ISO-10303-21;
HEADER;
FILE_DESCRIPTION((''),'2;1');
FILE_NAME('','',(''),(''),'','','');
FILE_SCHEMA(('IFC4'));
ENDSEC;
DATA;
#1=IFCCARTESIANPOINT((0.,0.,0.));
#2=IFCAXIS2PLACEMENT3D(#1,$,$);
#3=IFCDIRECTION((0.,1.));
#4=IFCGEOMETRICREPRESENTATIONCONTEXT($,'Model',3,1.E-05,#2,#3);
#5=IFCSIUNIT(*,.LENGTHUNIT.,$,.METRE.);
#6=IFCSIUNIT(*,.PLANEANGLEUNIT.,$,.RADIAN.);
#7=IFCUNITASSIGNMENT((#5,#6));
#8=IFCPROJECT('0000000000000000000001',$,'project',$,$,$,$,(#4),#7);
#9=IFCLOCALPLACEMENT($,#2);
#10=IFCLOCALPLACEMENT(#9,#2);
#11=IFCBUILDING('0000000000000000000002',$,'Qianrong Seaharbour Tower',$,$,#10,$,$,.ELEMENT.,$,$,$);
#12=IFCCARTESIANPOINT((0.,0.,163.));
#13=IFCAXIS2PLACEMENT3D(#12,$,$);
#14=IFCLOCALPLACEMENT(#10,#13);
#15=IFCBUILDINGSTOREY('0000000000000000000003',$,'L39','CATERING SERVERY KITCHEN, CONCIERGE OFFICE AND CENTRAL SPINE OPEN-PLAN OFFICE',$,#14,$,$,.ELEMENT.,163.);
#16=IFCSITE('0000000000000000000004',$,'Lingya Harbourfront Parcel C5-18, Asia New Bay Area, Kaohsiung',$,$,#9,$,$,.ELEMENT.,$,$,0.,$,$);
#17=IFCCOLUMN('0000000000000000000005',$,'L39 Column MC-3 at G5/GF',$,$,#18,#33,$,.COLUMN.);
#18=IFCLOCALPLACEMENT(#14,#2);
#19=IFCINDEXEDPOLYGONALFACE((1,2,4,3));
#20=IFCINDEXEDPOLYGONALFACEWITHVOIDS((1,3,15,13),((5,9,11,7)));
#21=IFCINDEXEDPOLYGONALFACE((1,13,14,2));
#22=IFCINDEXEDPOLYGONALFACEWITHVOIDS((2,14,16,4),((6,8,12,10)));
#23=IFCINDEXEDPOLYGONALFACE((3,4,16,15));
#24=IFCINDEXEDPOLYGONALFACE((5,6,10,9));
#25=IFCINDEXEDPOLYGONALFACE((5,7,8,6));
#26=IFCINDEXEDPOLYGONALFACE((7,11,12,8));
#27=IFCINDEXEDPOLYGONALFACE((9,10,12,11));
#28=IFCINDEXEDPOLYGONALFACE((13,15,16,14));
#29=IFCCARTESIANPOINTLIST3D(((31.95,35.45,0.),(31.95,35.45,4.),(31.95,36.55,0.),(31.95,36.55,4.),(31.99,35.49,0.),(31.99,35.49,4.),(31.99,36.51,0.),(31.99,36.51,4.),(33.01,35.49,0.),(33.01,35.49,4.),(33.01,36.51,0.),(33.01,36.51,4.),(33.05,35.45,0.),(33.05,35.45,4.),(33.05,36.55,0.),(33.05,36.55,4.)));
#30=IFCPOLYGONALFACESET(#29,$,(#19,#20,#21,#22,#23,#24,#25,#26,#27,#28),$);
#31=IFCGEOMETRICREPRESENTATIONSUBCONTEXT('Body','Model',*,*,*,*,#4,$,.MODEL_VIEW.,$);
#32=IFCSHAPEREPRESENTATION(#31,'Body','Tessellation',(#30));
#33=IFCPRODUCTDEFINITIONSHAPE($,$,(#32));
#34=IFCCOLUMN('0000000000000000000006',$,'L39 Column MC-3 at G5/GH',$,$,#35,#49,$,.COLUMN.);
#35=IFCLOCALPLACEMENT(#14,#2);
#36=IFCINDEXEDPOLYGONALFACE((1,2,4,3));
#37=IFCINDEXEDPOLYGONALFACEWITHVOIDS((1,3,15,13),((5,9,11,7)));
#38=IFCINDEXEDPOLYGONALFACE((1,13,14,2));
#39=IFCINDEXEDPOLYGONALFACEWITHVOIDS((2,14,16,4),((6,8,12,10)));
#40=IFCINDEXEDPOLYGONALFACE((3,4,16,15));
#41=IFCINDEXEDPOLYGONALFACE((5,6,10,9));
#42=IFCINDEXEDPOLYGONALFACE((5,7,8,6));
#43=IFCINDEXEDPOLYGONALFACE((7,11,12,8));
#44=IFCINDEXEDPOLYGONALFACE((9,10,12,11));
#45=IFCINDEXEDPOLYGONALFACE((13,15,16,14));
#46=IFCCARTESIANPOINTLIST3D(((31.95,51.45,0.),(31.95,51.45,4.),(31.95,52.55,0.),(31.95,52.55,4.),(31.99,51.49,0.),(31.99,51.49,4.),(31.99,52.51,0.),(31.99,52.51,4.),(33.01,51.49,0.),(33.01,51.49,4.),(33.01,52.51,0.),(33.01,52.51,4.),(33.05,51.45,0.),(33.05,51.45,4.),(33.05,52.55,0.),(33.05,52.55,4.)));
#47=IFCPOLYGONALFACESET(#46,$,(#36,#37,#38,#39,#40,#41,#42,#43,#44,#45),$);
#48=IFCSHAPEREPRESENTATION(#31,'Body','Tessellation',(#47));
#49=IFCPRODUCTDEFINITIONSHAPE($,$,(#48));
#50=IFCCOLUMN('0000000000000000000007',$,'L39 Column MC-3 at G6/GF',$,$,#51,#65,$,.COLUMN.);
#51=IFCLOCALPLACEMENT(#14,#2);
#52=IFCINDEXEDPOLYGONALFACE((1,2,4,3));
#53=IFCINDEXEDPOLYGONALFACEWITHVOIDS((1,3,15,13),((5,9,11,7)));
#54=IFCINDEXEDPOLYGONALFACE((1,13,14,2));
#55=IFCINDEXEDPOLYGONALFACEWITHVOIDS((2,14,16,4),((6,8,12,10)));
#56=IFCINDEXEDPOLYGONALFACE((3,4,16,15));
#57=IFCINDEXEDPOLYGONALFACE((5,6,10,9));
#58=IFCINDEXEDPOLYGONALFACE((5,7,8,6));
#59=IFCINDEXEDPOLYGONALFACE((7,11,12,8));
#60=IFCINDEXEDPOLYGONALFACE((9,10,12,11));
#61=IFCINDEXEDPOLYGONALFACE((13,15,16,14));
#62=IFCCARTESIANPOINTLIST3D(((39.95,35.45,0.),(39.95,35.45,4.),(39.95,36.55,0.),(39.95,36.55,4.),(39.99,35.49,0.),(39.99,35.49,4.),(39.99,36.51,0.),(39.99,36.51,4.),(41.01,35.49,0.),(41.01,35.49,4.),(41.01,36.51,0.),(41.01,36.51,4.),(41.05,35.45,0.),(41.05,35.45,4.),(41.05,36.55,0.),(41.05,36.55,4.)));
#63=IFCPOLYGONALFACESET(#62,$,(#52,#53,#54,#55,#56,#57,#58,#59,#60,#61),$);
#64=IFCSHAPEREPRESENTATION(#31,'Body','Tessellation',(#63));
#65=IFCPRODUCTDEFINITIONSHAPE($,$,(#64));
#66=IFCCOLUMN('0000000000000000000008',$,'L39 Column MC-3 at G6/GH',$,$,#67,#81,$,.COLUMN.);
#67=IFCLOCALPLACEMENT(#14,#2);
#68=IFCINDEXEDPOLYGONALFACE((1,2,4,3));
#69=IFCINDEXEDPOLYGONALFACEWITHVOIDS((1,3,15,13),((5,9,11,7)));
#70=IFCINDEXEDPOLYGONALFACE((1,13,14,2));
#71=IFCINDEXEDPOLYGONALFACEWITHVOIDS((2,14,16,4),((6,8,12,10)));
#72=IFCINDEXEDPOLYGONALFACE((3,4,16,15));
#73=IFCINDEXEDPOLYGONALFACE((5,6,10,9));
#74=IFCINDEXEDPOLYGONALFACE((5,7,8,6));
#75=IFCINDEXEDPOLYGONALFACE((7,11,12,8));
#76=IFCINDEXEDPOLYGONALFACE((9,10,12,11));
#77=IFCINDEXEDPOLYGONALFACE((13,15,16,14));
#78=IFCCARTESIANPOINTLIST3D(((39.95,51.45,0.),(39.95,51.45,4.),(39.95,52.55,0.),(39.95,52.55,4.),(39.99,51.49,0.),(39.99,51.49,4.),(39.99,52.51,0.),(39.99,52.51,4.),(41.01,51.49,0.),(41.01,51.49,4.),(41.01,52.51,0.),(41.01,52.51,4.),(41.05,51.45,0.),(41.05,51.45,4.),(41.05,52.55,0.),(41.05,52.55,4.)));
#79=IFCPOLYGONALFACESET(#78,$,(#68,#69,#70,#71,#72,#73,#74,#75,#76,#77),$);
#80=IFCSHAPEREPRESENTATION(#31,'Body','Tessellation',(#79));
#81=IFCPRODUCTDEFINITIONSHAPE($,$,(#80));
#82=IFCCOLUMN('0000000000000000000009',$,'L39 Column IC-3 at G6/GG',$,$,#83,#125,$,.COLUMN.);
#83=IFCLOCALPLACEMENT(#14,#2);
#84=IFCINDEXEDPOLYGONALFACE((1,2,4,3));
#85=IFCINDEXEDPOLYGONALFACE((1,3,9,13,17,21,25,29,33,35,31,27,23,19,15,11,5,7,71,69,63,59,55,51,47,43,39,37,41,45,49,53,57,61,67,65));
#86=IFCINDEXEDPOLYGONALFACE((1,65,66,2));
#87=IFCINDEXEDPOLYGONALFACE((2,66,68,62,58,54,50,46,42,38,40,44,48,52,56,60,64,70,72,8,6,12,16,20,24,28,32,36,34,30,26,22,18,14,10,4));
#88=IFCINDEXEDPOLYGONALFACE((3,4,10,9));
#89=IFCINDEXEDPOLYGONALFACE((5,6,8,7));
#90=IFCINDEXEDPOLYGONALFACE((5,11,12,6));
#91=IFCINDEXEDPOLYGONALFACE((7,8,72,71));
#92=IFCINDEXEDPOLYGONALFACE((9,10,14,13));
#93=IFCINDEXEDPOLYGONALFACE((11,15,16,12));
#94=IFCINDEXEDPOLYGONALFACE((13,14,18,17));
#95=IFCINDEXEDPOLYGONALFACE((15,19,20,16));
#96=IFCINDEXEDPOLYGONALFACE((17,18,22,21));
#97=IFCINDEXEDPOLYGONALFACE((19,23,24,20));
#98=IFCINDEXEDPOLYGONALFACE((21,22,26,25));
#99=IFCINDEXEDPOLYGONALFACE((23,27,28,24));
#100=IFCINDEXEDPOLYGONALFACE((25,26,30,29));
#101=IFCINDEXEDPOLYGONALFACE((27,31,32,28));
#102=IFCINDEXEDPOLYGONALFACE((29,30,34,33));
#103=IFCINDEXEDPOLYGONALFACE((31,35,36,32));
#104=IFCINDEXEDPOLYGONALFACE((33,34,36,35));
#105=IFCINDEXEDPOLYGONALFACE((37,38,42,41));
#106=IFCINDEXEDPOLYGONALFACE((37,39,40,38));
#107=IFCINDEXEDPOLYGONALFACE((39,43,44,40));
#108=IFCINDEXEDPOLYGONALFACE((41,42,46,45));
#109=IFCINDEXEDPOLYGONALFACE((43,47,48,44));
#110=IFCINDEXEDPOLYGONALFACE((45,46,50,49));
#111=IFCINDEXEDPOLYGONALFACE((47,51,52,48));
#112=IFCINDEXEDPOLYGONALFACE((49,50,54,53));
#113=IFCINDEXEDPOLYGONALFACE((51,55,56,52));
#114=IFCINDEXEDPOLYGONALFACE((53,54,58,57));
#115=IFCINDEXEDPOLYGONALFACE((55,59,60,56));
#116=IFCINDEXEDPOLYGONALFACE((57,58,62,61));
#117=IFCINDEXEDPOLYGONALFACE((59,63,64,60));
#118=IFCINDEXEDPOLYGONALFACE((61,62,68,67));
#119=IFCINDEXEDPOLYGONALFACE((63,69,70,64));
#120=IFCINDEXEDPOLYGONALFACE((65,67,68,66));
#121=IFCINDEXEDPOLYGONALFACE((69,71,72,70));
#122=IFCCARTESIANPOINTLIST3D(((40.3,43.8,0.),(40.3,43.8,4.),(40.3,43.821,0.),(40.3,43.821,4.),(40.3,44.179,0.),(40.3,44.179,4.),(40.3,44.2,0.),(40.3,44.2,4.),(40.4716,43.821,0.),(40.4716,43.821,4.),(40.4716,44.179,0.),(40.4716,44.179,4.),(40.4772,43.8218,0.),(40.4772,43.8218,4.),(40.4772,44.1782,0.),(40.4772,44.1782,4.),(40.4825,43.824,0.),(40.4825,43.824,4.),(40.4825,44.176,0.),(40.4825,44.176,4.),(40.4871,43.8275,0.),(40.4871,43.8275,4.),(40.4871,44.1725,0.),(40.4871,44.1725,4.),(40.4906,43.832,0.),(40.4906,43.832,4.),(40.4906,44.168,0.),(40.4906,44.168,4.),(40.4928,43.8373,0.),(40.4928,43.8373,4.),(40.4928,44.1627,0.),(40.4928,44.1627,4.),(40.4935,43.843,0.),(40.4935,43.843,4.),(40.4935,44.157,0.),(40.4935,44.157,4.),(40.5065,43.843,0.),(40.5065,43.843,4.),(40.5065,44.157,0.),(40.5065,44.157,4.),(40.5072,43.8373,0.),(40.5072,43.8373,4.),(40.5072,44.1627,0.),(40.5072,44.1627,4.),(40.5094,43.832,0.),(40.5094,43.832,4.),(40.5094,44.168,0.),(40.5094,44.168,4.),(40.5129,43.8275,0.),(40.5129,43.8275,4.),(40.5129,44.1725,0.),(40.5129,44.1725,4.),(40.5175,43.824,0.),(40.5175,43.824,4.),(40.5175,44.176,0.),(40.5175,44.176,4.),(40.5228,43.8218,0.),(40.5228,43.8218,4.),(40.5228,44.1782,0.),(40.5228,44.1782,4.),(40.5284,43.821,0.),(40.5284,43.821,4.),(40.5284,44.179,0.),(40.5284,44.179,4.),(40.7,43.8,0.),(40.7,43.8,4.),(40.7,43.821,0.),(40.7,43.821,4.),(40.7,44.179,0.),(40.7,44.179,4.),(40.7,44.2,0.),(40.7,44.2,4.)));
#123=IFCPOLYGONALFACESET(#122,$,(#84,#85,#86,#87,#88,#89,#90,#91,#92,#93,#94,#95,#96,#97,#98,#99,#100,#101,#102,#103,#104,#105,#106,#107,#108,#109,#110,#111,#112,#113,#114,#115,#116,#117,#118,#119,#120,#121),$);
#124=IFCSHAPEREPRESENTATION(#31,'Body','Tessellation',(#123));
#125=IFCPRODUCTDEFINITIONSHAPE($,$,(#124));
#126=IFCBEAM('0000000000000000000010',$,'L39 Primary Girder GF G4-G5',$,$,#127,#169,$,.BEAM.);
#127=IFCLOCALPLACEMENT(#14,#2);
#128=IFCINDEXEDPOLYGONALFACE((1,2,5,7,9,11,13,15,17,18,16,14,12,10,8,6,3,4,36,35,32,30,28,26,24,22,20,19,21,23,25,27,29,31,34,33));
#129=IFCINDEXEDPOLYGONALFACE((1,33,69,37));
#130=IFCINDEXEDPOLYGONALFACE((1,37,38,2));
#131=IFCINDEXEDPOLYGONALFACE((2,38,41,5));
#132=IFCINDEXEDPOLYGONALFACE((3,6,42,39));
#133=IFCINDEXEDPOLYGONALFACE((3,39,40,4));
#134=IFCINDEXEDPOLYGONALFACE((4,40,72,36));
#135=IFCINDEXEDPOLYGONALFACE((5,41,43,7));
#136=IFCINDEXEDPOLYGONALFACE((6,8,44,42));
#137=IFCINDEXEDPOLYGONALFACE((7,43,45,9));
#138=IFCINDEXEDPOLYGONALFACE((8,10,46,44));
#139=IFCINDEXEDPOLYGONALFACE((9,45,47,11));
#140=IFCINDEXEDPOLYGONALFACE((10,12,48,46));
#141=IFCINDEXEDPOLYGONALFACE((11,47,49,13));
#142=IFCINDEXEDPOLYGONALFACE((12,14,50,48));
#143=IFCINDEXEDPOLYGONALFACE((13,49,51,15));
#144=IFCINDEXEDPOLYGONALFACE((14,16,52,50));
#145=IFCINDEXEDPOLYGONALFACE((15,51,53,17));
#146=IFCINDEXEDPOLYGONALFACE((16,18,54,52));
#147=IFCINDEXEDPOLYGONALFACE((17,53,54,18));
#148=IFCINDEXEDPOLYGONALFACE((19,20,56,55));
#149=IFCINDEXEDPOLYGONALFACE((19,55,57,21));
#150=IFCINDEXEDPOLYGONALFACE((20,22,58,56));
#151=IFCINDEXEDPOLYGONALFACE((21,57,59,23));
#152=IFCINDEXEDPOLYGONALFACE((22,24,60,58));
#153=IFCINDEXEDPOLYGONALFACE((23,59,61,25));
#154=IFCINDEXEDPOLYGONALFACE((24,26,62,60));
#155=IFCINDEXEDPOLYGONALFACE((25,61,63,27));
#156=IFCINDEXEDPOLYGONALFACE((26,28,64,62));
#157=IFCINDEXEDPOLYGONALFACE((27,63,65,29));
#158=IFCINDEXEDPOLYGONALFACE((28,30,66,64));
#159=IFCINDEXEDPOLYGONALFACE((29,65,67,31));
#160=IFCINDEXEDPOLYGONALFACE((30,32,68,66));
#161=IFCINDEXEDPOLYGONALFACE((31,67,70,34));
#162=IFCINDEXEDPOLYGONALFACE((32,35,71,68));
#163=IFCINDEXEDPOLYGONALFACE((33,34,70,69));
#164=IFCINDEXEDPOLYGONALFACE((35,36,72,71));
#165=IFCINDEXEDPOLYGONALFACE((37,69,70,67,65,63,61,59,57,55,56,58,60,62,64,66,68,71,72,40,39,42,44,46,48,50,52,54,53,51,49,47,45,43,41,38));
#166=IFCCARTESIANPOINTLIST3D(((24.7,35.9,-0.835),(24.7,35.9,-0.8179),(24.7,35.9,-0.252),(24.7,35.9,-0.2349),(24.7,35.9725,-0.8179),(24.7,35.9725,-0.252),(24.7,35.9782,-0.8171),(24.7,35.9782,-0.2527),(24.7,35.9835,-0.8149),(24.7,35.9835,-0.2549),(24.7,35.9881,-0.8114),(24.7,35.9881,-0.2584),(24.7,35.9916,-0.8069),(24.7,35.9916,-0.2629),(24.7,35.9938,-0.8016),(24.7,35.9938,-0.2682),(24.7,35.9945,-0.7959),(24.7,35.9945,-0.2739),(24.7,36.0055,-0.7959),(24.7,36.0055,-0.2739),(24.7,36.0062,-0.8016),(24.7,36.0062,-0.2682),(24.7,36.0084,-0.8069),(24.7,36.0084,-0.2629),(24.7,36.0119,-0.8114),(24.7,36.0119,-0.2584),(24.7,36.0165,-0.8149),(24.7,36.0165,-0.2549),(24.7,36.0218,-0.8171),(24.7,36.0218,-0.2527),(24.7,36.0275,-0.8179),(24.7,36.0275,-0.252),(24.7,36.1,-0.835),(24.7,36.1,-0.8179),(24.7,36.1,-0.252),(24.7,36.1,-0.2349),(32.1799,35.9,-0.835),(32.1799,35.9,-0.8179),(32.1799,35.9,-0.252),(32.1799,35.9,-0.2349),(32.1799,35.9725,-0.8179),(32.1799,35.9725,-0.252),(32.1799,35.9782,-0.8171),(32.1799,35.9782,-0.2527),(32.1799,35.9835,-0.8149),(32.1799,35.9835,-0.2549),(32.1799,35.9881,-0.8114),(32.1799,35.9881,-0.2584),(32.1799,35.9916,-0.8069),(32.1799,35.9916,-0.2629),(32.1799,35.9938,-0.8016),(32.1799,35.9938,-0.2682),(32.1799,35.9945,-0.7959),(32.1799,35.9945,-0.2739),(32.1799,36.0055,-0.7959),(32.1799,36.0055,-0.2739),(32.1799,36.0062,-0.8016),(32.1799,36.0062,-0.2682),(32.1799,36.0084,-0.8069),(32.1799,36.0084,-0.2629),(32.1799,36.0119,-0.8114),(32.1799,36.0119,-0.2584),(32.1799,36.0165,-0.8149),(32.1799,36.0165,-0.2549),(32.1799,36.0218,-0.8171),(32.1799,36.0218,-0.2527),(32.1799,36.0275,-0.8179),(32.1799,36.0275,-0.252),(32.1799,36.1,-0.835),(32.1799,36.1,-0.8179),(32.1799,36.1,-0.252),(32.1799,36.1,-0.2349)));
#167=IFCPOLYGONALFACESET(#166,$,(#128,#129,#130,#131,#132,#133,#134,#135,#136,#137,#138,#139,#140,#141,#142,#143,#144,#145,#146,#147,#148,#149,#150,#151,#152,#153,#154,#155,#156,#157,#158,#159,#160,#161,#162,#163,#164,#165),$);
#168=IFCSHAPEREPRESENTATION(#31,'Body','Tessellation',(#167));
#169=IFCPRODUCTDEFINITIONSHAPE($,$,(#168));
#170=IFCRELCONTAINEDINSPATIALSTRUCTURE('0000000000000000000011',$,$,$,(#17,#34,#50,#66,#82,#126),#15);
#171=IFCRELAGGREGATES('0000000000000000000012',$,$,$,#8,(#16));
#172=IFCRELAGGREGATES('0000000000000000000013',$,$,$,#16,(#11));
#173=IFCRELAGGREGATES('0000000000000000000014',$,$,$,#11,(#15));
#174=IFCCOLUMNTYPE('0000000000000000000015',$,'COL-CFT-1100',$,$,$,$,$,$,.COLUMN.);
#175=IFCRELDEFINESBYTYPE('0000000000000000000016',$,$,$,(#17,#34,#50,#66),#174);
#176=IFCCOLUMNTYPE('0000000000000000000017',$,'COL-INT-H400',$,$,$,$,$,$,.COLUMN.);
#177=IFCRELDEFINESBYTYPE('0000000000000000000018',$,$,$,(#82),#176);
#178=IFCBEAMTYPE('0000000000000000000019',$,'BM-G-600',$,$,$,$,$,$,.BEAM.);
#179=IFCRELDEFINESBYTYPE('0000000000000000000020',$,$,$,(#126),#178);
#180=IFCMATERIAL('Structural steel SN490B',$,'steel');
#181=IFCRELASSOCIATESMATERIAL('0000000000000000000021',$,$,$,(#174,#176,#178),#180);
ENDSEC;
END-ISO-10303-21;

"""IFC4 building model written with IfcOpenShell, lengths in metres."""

from ifc_helpers import new_model, si_unit, direction, frame, origin, origin_2d, place, context, subcontext, project, spatial, hollow_rectangle, i_section, extrude, material, material_profile, profile_set, type_object, element, save


model = new_model("IFC4")

# Units and contexts
model_context = context("Model", 3, precision=1e-05, world=origin(), true_north=direction((0.0, 1.0)))
body_context = subcontext(model_context, "Body", "Model", "MODEL_VIEW")
ifc_project = project(units=[si_unit("LENGTHUNIT", "METRE"), si_unit("PLANEANGLEUNIT", "RADIAN")], contexts=[model_context])

# Site, building, storey
site_placement = place(None, origin())
site = spatial("IfcSite", under=ifc_project, at=site_placement, Name="Lingya Harbourfront Parcel C5-18, Asia New Bay Area, Kaohsiung", CompositionType="ELEMENT", RefElevation=0.0)
building_placement = place(site_placement, origin())
building = spatial("IfcBuilding", under=site, at=building_placement, Name="Qianrong Seaharbour Tower", CompositionType="ELEMENT")
storey_placement = place(building_placement, frame((0.0, 0.0, 163.0)))
storey = spatial("IfcBuildingStorey", under=building, at=storey_placement, Name="L39", Description="CATERING SERVERY KITCHEN, CONCIERGE OFFICE AND CENTRAL SPINE OPEN-PLAN OFFICE", CompositionType="ELEMENT", Elevation=163.0)

# Columns
ifc_material_1 = material(Name="Structural steel SN490B", Category="steel")
ifc_material_profile_1 = material_profile(ifc_material_1, hollow_rectangle(XDim=1.1001, YDim=1.1001, WallThickness=0.04, at=origin_2d()), Name="BOX1100x1100x40")
ifc_profile_set_1 = profile_set([ifc_material_profile_1], Name="Structural steel SN490B")
column_type_1 = type_object("IfcColumnType", Name="COL-CFT-1100", PredefinedType="COLUMN", material=ifc_profile_set_1)
for number, where, z_axis, x_axis, name in (
    (1, (32.5, 36.0, 0.0), (0.0, 0.0, 1.0), (1.0, 0.0, 0.0), "L39 Column MC-3 at G5/GF"),
    (2, (32.5, 52.0, 0.0), (0.0, 0.0, 1.0), (1.0, 0.0, 0.0), "L39 Column MC-3 at G5/GH"),
    (3, (40.5, 36.0, 0.0), (0.0, 0.0, 1.0), (1.0, 0.0, 0.0), "L39 Column MC-3 at G6/GF"),
    (4, (40.5, 52.0, 0.0), (0.0, 0.0, 1.0), (1.0, 0.0, 0.0), "L39 Column MC-3 at G6/GH"),
):
    element("IfcColumn", number, at=place(storey_placement, frame(where, z_axis=z_axis, x_axis=x_axis)), inside=storey, type_object=column_type_1, Name=name, PredefinedType="COLUMN", context=body_context, shape_type="SweptSolid", body=[
        extrude(hollow_rectangle(XDim=1.1001, YDim=1.1001, WallThickness=0.04, at=origin_2d()), origin(), (0.0, 0.0, 1.0), 4.0),
    ])
ifc_material_profile_2 = material_profile(ifc_material_1, i_section(OverallWidth=0.3999, OverallDepth=0.3999, WebThickness=0.0129, FlangeThickness=0.021, FilletRadius=0.022, at=origin_2d()), Name="H400x400x13x21")
ifc_profile_set_2 = profile_set([ifc_material_profile_2], Name="Structural steel SN490B")
column_type_2 = type_object("IfcColumnType", Name="COL-INT-H400", PredefinedType="COLUMN", material=ifc_profile_set_2)
column_placement = place(storey_placement, frame((40.5, 44.0, 0.0), z_axis=(0.0, 0.0, 1.0), x_axis=(1.0, 0.0, 0.0)))
element("IfcColumn", 5, at=column_placement, inside=storey, type_object=column_type_2, Name="L39 Column IC-3 at G6/GG", PredefinedType="COLUMN", context=body_context, shape_type="SweptSolid", body=[
    extrude(i_section(OverallWidth=0.3999, OverallDepth=0.3999, WebThickness=0.0129, FlangeThickness=0.021, FilletRadius=0.022, at=origin_2d()), origin(), (0.0, 0.0, 1.0), 4.0),
])

# Beam
ifc_material_profile_3 = material_profile(ifc_material_1, i_section(OverallWidth=0.2, OverallDepth=0.6001, WebThickness=0.011, FlangeThickness=0.0171, FilletRadius=0.022, at=origin_2d()), Name="H600x200x11x17")
ifc_profile_set_3 = profile_set([ifc_material_profile_3], Name="Structural steel SN490B")
beam_type_1 = type_object("IfcBeamType", Name="BM-G-600", PredefinedType="BEAM", material=ifc_profile_set_3)
beam_1_placement = place(storey_placement, frame((24.7, 36.0, -0.5349), z_axis=(1.0, 0.0, 0.0), x_axis=(0.0, 1.0, 0.0)))
element("IfcBeam", 6, at=beam_1_placement, inside=storey, type_object=beam_type_1, Name="L39 Primary Girder GF G4-G5", PredefinedType="BEAM", context=body_context, shape_type="SweptSolid", body=[
    extrude(i_section(OverallWidth=0.2, OverallDepth=0.6001, WebThickness=0.011, FlangeThickness=0.0171, FilletRadius=0.022, at=origin_2d()), origin(), (0.0, 0.0, 1.0), 7.48),
])

save(model, "model.ifc")
